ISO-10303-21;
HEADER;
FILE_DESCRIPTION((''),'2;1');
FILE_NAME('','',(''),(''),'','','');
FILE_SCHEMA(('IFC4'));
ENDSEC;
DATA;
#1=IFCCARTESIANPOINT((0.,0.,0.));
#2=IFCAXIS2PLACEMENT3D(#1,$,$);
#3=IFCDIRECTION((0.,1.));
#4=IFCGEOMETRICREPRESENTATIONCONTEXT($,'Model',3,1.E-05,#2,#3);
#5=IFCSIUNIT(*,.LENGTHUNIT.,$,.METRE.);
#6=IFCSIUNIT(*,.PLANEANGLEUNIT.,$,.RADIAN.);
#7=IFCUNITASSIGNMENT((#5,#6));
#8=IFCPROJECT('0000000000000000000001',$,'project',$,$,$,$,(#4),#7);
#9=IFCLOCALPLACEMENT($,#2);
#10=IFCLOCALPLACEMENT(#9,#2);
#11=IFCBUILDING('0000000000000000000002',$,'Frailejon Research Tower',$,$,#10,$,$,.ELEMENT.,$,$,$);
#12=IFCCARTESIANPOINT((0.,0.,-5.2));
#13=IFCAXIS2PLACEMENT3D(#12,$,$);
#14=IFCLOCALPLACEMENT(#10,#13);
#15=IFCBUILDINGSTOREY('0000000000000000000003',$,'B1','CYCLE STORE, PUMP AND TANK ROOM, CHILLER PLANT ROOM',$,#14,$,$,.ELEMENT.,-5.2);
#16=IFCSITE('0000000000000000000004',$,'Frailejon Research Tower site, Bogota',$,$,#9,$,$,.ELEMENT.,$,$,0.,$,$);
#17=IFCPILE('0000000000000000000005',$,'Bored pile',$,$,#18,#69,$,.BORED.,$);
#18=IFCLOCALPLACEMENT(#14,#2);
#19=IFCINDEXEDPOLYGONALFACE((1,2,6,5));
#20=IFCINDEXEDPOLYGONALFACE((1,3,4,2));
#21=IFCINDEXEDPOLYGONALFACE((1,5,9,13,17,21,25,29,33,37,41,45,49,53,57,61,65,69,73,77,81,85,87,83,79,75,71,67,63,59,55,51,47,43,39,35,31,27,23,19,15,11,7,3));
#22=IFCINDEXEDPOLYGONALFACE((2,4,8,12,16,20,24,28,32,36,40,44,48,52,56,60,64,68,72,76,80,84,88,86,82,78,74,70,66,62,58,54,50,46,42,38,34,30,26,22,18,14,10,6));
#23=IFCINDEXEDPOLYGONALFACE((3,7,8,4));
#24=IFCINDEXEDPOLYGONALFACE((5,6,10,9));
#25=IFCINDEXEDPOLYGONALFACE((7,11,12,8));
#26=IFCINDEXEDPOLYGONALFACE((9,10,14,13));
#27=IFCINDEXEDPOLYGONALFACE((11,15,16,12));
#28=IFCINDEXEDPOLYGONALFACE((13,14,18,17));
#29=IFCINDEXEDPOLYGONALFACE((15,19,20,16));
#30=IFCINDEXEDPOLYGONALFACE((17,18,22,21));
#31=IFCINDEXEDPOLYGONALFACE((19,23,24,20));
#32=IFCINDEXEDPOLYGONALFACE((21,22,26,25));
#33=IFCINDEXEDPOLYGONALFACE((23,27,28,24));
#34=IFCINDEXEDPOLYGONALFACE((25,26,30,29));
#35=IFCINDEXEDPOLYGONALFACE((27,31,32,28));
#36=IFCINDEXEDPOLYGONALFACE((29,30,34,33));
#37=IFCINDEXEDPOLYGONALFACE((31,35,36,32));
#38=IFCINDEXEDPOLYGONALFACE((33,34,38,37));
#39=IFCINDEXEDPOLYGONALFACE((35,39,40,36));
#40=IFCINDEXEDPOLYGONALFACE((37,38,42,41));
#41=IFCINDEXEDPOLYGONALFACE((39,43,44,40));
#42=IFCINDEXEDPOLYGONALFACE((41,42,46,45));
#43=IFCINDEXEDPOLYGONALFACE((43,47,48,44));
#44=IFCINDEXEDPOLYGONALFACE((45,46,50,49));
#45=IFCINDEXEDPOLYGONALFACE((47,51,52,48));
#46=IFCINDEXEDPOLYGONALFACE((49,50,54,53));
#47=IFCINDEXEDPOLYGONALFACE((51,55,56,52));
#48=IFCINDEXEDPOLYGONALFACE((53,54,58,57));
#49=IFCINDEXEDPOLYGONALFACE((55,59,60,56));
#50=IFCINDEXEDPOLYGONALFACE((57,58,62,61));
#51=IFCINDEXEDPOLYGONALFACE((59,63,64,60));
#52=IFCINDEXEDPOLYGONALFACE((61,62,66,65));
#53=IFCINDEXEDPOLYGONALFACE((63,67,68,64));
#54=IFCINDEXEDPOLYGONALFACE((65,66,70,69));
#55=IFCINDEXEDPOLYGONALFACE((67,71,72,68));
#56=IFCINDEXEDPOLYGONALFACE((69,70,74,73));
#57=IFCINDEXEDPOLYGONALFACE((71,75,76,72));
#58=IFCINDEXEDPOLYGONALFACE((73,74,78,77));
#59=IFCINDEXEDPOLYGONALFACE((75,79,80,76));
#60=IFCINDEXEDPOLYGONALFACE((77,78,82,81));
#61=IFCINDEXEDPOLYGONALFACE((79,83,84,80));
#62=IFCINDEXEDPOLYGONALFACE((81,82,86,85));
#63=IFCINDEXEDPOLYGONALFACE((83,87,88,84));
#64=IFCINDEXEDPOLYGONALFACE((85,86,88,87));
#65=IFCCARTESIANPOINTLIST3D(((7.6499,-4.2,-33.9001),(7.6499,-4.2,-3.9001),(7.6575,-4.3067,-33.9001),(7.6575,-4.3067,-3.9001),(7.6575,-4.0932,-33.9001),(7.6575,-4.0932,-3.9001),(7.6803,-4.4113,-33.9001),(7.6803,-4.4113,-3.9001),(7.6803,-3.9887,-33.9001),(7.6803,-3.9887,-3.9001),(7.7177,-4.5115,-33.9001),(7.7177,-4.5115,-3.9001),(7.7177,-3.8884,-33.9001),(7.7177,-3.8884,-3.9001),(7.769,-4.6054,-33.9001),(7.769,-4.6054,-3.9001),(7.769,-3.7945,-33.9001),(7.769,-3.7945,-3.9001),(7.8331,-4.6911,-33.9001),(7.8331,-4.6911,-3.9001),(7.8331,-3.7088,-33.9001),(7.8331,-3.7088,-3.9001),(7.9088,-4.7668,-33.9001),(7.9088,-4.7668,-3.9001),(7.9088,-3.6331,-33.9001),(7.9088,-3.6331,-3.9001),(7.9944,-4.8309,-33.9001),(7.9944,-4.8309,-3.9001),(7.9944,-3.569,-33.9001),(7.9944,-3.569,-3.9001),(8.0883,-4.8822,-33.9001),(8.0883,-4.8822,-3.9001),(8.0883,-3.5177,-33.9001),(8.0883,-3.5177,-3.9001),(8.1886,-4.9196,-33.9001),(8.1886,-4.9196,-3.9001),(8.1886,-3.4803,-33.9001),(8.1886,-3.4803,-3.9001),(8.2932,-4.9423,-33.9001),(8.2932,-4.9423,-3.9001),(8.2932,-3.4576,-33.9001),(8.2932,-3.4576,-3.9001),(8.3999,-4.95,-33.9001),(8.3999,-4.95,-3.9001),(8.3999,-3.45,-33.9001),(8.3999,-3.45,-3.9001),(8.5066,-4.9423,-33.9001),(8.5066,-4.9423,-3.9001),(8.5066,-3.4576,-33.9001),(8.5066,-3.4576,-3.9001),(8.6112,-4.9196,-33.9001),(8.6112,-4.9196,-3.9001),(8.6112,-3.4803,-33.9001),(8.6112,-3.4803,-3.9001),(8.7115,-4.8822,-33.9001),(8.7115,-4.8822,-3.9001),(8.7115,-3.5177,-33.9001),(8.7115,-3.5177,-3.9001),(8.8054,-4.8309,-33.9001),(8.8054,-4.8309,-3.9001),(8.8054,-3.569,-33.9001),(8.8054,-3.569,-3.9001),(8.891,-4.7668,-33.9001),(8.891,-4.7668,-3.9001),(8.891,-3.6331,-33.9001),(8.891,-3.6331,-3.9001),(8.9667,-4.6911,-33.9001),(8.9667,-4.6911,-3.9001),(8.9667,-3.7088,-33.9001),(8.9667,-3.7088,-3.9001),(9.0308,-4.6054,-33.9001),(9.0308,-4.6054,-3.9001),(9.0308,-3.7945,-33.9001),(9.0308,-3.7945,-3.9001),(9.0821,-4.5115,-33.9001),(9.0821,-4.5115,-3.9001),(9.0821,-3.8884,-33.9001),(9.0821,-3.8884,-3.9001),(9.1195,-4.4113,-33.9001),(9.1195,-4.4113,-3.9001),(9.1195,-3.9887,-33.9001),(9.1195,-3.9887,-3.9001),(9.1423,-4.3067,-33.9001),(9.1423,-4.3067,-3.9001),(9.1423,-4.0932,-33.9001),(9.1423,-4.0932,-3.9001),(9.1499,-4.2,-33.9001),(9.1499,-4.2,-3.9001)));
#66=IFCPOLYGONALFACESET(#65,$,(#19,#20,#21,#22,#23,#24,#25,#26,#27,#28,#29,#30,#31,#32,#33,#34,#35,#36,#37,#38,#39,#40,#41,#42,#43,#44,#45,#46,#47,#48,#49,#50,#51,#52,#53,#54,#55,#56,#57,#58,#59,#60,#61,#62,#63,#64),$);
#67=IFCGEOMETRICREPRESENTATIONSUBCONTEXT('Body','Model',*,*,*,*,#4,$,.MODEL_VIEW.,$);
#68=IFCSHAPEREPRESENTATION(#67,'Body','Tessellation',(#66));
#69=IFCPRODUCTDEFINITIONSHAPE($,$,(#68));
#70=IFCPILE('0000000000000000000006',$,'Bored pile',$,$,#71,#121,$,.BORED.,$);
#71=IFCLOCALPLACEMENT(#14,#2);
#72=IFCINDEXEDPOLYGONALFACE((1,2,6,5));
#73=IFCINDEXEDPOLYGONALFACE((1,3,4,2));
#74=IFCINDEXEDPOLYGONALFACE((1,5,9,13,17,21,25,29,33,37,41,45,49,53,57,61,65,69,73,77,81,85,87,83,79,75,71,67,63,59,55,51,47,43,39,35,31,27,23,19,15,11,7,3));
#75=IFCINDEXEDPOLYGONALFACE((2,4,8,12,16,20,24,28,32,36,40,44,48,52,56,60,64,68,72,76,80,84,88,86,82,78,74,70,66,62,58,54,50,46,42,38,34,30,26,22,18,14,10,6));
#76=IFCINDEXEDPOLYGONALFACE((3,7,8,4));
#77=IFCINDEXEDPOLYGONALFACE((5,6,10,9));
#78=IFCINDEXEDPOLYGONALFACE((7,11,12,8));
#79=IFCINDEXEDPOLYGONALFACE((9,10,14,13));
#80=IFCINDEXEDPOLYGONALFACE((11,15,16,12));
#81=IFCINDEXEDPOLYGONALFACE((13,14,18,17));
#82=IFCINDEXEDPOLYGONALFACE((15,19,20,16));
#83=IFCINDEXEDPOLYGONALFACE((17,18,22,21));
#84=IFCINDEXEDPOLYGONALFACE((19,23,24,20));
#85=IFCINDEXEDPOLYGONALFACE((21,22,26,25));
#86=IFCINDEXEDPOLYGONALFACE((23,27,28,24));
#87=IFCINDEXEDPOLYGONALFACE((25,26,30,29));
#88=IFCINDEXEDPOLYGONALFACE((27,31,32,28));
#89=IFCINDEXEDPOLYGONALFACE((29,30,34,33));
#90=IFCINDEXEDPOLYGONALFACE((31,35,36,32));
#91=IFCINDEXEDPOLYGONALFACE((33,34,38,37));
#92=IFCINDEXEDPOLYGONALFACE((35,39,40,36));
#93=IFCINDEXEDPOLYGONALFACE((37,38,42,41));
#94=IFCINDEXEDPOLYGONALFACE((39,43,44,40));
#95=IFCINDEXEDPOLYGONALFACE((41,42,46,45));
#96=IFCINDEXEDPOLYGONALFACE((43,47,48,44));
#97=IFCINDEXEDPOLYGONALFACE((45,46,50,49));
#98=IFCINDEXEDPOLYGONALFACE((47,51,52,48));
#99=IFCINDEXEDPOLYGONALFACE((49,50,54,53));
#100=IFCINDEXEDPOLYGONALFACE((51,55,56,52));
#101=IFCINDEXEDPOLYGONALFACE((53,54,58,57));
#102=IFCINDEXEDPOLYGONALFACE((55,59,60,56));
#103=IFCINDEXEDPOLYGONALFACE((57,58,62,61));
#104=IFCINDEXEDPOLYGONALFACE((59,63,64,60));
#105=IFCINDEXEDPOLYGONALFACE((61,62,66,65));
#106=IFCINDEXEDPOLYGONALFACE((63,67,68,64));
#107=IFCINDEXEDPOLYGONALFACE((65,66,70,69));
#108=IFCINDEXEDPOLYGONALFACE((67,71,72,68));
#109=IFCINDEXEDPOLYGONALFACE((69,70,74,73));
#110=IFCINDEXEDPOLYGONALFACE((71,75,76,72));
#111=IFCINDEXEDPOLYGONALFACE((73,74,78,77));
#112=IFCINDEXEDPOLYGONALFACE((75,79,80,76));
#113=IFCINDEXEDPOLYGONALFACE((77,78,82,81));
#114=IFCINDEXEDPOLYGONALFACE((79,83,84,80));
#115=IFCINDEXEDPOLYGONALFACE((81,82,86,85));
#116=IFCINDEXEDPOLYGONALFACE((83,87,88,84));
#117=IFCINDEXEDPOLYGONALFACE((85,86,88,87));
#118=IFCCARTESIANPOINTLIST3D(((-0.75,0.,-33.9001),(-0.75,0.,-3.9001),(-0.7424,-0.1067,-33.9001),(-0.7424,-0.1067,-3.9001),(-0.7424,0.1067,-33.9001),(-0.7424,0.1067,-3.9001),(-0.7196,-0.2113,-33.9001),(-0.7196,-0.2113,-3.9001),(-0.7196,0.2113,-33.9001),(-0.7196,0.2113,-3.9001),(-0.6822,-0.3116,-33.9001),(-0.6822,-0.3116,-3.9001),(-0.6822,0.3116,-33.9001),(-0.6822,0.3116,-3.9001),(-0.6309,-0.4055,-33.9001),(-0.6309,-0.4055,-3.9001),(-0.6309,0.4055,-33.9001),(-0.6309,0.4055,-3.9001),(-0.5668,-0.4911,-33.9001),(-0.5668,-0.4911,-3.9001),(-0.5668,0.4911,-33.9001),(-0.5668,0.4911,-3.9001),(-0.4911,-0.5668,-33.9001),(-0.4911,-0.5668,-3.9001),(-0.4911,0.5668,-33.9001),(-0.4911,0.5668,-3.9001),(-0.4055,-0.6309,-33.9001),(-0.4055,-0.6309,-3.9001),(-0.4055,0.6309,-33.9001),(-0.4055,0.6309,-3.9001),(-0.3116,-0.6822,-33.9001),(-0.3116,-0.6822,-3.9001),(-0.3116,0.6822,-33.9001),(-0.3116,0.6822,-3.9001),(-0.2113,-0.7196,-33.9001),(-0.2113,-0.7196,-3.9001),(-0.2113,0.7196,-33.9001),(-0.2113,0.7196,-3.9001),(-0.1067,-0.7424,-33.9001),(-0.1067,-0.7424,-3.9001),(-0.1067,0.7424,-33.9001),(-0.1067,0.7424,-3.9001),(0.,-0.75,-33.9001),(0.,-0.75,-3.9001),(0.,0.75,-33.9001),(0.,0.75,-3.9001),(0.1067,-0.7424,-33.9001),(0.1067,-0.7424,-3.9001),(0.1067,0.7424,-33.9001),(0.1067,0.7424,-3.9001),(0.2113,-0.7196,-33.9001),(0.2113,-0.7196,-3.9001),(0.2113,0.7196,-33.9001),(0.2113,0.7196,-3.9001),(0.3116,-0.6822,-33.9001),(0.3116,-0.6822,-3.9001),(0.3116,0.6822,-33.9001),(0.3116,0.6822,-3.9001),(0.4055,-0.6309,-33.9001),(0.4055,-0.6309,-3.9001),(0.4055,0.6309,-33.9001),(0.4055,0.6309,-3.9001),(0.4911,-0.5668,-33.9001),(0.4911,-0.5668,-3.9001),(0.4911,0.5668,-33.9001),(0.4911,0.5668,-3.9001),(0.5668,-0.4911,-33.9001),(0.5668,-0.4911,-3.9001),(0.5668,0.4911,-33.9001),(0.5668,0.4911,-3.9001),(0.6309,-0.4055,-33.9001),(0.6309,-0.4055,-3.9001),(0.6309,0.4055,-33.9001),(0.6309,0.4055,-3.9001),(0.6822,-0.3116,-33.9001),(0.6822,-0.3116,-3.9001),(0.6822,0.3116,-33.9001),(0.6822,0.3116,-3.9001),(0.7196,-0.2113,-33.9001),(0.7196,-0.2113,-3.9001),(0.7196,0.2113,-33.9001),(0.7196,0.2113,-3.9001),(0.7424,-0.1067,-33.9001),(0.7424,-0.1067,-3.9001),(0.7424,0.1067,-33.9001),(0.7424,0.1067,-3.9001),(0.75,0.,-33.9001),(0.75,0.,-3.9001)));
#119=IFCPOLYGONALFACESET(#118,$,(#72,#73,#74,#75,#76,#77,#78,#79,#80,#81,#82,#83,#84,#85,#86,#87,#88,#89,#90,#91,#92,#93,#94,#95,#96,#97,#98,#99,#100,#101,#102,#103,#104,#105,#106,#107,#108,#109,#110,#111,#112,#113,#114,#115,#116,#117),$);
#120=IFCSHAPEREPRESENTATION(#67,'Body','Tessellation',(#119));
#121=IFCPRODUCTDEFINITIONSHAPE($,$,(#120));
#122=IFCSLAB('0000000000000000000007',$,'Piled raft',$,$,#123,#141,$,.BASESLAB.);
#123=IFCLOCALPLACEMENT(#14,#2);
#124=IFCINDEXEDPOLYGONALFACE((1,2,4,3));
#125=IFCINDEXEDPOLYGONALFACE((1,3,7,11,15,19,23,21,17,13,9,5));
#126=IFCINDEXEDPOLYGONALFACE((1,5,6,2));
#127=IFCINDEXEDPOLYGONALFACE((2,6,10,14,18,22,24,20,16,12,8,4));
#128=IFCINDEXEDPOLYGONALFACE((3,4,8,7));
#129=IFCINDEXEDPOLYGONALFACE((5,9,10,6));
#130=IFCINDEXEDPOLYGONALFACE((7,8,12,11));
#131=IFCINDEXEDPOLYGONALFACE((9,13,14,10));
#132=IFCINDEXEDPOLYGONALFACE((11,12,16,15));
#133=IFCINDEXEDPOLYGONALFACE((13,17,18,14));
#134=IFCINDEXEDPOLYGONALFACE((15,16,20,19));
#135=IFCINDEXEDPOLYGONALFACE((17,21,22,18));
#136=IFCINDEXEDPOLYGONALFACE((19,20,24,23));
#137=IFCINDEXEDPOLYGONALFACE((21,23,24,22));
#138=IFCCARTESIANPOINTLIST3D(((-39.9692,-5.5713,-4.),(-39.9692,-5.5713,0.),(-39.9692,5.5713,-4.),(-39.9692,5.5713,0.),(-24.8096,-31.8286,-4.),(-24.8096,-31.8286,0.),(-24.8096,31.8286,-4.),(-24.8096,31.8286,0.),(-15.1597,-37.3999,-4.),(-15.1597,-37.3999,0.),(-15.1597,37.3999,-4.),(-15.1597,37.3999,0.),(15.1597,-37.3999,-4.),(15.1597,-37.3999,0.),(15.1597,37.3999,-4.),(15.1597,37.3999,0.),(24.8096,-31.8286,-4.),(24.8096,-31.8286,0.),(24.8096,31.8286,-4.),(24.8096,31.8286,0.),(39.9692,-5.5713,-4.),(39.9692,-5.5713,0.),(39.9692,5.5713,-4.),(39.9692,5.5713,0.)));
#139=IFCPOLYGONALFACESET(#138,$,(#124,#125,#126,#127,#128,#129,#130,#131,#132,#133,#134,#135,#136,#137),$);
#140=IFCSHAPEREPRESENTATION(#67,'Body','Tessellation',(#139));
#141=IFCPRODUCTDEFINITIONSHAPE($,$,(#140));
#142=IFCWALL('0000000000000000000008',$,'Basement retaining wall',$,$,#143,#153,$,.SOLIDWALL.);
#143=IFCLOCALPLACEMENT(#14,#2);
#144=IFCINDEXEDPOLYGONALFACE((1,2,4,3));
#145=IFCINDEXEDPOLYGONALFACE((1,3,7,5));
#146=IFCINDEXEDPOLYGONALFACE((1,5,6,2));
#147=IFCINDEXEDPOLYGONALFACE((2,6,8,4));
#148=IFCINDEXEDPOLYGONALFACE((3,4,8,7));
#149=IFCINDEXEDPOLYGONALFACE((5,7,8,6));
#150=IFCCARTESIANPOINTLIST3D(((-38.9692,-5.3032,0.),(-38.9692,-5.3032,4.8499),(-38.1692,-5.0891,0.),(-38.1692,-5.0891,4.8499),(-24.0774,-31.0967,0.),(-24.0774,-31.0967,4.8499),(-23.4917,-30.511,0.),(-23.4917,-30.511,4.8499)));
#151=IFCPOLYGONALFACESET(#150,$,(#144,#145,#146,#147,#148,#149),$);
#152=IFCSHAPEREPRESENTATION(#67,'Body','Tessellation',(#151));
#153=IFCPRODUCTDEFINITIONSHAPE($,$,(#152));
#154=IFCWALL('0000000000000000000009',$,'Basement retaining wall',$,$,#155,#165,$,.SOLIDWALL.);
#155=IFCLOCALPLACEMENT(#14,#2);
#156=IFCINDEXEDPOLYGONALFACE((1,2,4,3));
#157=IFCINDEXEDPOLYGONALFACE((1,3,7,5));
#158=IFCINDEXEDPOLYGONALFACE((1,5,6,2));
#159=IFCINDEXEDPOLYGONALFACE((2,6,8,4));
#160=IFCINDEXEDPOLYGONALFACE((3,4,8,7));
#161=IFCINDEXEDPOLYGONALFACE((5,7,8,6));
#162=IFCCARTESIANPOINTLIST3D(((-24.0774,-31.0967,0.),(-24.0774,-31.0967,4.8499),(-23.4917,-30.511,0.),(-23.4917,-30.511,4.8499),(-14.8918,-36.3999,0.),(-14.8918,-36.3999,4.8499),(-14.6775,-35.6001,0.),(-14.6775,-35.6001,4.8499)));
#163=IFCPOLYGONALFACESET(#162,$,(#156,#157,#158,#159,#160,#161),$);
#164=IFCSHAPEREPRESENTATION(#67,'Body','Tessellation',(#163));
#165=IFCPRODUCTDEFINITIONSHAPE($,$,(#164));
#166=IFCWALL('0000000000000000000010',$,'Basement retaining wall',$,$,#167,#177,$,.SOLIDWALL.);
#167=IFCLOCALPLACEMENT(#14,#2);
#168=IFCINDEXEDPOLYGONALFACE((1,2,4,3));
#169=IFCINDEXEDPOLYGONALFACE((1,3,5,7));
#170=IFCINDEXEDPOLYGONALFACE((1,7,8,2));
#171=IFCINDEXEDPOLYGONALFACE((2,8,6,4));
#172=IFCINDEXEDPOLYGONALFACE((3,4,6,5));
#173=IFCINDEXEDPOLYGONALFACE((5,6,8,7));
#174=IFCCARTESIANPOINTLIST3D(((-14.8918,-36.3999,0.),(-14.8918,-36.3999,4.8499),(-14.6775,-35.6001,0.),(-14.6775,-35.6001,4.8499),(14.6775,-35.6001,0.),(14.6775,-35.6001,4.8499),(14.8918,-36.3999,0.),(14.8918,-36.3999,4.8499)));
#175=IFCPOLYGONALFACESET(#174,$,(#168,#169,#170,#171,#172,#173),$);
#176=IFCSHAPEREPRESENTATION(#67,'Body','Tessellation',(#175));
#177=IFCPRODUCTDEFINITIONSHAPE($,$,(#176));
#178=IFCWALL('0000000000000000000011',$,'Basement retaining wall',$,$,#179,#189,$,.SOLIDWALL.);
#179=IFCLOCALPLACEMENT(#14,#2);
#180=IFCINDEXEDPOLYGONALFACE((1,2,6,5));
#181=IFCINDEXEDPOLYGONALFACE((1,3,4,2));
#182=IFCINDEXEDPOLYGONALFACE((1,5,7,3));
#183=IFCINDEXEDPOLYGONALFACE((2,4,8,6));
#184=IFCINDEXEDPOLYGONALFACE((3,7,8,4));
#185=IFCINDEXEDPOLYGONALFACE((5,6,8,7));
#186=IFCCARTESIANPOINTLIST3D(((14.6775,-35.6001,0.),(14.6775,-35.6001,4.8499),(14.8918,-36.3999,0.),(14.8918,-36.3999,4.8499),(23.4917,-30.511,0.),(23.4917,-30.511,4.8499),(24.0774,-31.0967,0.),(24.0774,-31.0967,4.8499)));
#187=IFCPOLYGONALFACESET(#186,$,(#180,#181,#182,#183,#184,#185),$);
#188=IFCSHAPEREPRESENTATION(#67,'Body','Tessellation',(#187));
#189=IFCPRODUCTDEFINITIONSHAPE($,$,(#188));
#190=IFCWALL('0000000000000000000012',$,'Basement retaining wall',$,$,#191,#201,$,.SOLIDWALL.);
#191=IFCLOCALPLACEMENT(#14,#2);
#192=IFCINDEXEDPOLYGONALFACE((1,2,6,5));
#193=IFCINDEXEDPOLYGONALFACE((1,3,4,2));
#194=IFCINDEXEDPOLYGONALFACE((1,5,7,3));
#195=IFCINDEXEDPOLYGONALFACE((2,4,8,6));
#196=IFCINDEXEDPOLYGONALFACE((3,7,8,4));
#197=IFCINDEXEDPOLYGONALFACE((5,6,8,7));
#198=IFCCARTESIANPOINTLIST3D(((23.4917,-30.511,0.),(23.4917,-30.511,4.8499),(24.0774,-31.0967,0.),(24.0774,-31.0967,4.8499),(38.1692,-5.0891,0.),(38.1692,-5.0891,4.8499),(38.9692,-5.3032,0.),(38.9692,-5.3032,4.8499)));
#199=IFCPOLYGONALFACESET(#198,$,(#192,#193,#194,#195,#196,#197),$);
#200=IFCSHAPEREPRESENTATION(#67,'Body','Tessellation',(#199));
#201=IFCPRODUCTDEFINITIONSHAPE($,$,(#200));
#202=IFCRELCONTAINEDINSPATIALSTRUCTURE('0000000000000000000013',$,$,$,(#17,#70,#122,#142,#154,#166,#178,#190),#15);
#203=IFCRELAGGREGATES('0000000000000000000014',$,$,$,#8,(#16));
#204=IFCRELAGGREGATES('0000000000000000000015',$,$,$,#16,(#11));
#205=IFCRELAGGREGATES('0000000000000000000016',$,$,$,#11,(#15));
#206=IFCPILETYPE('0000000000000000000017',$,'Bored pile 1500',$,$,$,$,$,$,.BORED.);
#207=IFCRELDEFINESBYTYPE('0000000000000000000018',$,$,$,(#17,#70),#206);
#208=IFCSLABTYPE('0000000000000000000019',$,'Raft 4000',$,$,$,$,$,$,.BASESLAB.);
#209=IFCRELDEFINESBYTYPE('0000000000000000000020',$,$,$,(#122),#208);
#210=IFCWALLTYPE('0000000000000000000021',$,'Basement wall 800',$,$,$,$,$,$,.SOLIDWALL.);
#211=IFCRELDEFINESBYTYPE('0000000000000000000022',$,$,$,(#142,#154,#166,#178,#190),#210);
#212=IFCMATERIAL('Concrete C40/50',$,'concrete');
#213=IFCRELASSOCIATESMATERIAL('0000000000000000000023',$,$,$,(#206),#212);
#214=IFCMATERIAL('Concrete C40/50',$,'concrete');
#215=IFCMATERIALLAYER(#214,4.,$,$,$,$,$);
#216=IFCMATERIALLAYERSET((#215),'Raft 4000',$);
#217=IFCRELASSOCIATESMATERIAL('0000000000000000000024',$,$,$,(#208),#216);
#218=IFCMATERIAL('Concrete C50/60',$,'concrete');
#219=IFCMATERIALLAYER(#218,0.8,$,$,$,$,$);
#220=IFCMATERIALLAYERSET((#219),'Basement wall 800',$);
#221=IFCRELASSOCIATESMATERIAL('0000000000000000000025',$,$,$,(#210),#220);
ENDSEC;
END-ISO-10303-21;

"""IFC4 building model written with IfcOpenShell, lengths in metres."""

from ifc_helpers import new_model, si_unit, direction, frame, origin, origin_2d, place, context, subcontext, project, spatial, polyline, circle, outline, extrude, material, layer, layer_set, material_profile, profile_set, type_object, element, save


model = new_model("IFC4")

# Units and contexts
model_context = context("Model", 3, precision=1e-05, world=origin(), true_north=direction((0.0, 1.0)))
body_context = subcontext(model_context, "Body", "Model", "MODEL_VIEW")
ifc_project = project(units=[si_unit("LENGTHUNIT", "METRE"), si_unit("PLANEANGLEUNIT", "RADIAN")], contexts=[model_context])

# Site, building, storey
site_placement = place(None, origin())
site = spatial("IfcSite", under=ifc_project, at=site_placement, Name="Frailejon Research Tower site, Bogota", CompositionType="ELEMENT", RefElevation=0.0)
building_placement = place(site_placement, origin())
building = spatial("IfcBuilding", under=site, at=building_placement, Name="Frailejon Research Tower", CompositionType="ELEMENT")
storey_placement = place(building_placement, frame((0.0, 0.0, -5.2)))
storey = spatial("IfcBuildingStorey", under=building, at=storey_placement, Name="B1", Description="CYCLE STORE, PUMP AND TANK ROOM, CHILLER PLANT ROOM", CompositionType="ELEMENT", Elevation=-5.2)

# Piles
ifc_material_1 = material(Name="Concrete C40/50", Category="concrete")
ifc_material_profile = material_profile(ifc_material_1, circle(Radius=0.75, at=origin_2d()), Name="Bored pile 1500")
ifc_profile_set = profile_set([ifc_material_profile], Name="Concrete C40/50")
pile_type = type_object("IfcPileType", Name="Bored pile 1500", PredefinedType="BORED", material=ifc_profile_set)
for number, where, z_axis, x_axis, name in (
    (1, (8.3999, -4.2, -3.9001), (0.0, 0.0, -1.0), (1.0, 0.0, 0.0), "Bored pile"),
    (2, (0.0, 0.0, -3.9001), (0.0, 0.0, -1.0), (1.0, 0.0, 0.0), "Bored pile"),
):
    element("IfcPile", number, at=place(storey_placement, frame(where, z_axis=z_axis, x_axis=x_axis)), inside=storey, type_object=pile_type, Name=name, PredefinedType="BORED", context=body_context, shape_type="SweptSolid", body=[
        extrude(circle(Radius=0.75, at=origin_2d()), origin(), (0.0, 0.0, 1.0), 30.0),
    ])

# Slab
ifc_material_2 = material(Name="Concrete C40/50", Category="concrete")
ifc_layer_1 = layer(ifc_material_2, 4.0)
ifc_layer_set_1 = layer_set([ifc_layer_1], Name="Raft 4000")
slab_type = type_object("IfcSlabType", Name="Raft 4000", PredefinedType="BASESLAB", material=ifc_layer_set_1)
slab_placement = place(storey_placement, frame((0.0, 0.0, -4.0)))
element("IfcSlab", 3, at=slab_placement, inside=storey, type_object=slab_type, Name="Piled raft", PredefinedType="BASESLAB", context=body_context, shape_type="SweptSolid", body=[
    extrude(outline(polyline([(39.9692, -5.5713), (39.9692, 5.5713), (24.8096, 31.8286), (15.1597, 37.3999), (-15.1597, 37.3999), (-24.8096, 31.8286), (-39.9692, 5.5713), (-39.9692, -5.5713), (-24.8096, -31.8286), (-15.1597, -37.3999), (15.1597, -37.3999), (24.8096, -31.8286), (39.9692, -5.5713)])), origin(), (0.0, 0.0, 1.0), 4.0),
])

# Walls
ifc_material_3 = material(Name="Concrete C50/60", Category="concrete")
ifc_layer_2 = layer(ifc_material_3, 0.8)
ifc_layer_set_2 = layer_set([ifc_layer_2], Name="Basement wall 800")
wall_type_1 = type_object("IfcWallType", Name="Basement wall 800", PredefinedType="SOLIDWALL", material=ifc_layer_set_2)
wall_1_placement = place(storey_placement, origin())
element("IfcWall", 4, at=wall_1_placement, inside=storey, type_object=wall_type_1, Name="Basement retaining wall", PredefinedType="SOLIDWALL", context=body_context, shape_type="SweptSolid", body=[
    extrude(outline(polyline([(-38.9692, -5.3032), (-24.0774, -31.0967), (-23.4917, -30.511), (-38.1692, -5.0891), (-38.9692, -5.3032)])), origin(), (0.0, 0.0, 1.0), 4.8499),
])
wall_2_placement = place(storey_placement, origin())
element("IfcWall", 5, at=wall_2_placement, inside=storey, type_object=wall_type_1, Name="Basement retaining wall", PredefinedType="SOLIDWALL", context=body_context, shape_type="SweptSolid", body=[
    extrude(outline(polyline([(-24.0774, -31.0967), (-14.8918, -36.3999), (-14.6775, -35.6001), (-23.4917, -30.511), (-24.0774, -31.0967)])), origin(), (0.0, 0.0, 1.0), 4.8499),
])
wall_3_placement = place(storey_placement, origin())
element("IfcWall", 6, at=wall_3_placement, inside=storey, type_object=wall_type_1, Name="Basement retaining wall", PredefinedType="SOLIDWALL", context=body_context, shape_type="SweptSolid", body=[
    extrude(outline(polyline([(-14.8918, -36.3999), (14.8918, -36.3999), (14.6775, -35.6001), (-14.6775, -35.6001), (-14.8918, -36.3999)])), origin(), (0.0, 0.0, 1.0), 4.8499),
])
wall_4_placement = place(storey_placement, origin())
element("IfcWall", 7, at=wall_4_placement, inside=storey, type_object=wall_type_1, Name="Basement retaining wall", PredefinedType="SOLIDWALL", context=body_context, shape_type="SweptSolid", body=[
    extrude(outline(polyline([(14.8918, -36.3999), (24.0774, -31.0967), (23.4917, -30.511), (14.6775, -35.6001), (14.8918, -36.3999)])), origin(), (0.0, 0.0, 1.0), 4.8499),
])
wall_5_placement = place(storey_placement, origin())
element("IfcWall", 8, at=wall_5_placement, inside=storey, type_object=wall_type_1, Name="Basement retaining wall", PredefinedType="SOLIDWALL", context=body_context, shape_type="SweptSolid", body=[
    extrude(outline(polyline([(24.0774, -31.0967), (38.9692, -5.3032), (38.1692, -5.0891), (23.4917, -30.511), (24.0774, -31.0967)])), origin(), (0.0, 0.0, 1.0), 4.8499),
])

save(model, "model.ifc")
